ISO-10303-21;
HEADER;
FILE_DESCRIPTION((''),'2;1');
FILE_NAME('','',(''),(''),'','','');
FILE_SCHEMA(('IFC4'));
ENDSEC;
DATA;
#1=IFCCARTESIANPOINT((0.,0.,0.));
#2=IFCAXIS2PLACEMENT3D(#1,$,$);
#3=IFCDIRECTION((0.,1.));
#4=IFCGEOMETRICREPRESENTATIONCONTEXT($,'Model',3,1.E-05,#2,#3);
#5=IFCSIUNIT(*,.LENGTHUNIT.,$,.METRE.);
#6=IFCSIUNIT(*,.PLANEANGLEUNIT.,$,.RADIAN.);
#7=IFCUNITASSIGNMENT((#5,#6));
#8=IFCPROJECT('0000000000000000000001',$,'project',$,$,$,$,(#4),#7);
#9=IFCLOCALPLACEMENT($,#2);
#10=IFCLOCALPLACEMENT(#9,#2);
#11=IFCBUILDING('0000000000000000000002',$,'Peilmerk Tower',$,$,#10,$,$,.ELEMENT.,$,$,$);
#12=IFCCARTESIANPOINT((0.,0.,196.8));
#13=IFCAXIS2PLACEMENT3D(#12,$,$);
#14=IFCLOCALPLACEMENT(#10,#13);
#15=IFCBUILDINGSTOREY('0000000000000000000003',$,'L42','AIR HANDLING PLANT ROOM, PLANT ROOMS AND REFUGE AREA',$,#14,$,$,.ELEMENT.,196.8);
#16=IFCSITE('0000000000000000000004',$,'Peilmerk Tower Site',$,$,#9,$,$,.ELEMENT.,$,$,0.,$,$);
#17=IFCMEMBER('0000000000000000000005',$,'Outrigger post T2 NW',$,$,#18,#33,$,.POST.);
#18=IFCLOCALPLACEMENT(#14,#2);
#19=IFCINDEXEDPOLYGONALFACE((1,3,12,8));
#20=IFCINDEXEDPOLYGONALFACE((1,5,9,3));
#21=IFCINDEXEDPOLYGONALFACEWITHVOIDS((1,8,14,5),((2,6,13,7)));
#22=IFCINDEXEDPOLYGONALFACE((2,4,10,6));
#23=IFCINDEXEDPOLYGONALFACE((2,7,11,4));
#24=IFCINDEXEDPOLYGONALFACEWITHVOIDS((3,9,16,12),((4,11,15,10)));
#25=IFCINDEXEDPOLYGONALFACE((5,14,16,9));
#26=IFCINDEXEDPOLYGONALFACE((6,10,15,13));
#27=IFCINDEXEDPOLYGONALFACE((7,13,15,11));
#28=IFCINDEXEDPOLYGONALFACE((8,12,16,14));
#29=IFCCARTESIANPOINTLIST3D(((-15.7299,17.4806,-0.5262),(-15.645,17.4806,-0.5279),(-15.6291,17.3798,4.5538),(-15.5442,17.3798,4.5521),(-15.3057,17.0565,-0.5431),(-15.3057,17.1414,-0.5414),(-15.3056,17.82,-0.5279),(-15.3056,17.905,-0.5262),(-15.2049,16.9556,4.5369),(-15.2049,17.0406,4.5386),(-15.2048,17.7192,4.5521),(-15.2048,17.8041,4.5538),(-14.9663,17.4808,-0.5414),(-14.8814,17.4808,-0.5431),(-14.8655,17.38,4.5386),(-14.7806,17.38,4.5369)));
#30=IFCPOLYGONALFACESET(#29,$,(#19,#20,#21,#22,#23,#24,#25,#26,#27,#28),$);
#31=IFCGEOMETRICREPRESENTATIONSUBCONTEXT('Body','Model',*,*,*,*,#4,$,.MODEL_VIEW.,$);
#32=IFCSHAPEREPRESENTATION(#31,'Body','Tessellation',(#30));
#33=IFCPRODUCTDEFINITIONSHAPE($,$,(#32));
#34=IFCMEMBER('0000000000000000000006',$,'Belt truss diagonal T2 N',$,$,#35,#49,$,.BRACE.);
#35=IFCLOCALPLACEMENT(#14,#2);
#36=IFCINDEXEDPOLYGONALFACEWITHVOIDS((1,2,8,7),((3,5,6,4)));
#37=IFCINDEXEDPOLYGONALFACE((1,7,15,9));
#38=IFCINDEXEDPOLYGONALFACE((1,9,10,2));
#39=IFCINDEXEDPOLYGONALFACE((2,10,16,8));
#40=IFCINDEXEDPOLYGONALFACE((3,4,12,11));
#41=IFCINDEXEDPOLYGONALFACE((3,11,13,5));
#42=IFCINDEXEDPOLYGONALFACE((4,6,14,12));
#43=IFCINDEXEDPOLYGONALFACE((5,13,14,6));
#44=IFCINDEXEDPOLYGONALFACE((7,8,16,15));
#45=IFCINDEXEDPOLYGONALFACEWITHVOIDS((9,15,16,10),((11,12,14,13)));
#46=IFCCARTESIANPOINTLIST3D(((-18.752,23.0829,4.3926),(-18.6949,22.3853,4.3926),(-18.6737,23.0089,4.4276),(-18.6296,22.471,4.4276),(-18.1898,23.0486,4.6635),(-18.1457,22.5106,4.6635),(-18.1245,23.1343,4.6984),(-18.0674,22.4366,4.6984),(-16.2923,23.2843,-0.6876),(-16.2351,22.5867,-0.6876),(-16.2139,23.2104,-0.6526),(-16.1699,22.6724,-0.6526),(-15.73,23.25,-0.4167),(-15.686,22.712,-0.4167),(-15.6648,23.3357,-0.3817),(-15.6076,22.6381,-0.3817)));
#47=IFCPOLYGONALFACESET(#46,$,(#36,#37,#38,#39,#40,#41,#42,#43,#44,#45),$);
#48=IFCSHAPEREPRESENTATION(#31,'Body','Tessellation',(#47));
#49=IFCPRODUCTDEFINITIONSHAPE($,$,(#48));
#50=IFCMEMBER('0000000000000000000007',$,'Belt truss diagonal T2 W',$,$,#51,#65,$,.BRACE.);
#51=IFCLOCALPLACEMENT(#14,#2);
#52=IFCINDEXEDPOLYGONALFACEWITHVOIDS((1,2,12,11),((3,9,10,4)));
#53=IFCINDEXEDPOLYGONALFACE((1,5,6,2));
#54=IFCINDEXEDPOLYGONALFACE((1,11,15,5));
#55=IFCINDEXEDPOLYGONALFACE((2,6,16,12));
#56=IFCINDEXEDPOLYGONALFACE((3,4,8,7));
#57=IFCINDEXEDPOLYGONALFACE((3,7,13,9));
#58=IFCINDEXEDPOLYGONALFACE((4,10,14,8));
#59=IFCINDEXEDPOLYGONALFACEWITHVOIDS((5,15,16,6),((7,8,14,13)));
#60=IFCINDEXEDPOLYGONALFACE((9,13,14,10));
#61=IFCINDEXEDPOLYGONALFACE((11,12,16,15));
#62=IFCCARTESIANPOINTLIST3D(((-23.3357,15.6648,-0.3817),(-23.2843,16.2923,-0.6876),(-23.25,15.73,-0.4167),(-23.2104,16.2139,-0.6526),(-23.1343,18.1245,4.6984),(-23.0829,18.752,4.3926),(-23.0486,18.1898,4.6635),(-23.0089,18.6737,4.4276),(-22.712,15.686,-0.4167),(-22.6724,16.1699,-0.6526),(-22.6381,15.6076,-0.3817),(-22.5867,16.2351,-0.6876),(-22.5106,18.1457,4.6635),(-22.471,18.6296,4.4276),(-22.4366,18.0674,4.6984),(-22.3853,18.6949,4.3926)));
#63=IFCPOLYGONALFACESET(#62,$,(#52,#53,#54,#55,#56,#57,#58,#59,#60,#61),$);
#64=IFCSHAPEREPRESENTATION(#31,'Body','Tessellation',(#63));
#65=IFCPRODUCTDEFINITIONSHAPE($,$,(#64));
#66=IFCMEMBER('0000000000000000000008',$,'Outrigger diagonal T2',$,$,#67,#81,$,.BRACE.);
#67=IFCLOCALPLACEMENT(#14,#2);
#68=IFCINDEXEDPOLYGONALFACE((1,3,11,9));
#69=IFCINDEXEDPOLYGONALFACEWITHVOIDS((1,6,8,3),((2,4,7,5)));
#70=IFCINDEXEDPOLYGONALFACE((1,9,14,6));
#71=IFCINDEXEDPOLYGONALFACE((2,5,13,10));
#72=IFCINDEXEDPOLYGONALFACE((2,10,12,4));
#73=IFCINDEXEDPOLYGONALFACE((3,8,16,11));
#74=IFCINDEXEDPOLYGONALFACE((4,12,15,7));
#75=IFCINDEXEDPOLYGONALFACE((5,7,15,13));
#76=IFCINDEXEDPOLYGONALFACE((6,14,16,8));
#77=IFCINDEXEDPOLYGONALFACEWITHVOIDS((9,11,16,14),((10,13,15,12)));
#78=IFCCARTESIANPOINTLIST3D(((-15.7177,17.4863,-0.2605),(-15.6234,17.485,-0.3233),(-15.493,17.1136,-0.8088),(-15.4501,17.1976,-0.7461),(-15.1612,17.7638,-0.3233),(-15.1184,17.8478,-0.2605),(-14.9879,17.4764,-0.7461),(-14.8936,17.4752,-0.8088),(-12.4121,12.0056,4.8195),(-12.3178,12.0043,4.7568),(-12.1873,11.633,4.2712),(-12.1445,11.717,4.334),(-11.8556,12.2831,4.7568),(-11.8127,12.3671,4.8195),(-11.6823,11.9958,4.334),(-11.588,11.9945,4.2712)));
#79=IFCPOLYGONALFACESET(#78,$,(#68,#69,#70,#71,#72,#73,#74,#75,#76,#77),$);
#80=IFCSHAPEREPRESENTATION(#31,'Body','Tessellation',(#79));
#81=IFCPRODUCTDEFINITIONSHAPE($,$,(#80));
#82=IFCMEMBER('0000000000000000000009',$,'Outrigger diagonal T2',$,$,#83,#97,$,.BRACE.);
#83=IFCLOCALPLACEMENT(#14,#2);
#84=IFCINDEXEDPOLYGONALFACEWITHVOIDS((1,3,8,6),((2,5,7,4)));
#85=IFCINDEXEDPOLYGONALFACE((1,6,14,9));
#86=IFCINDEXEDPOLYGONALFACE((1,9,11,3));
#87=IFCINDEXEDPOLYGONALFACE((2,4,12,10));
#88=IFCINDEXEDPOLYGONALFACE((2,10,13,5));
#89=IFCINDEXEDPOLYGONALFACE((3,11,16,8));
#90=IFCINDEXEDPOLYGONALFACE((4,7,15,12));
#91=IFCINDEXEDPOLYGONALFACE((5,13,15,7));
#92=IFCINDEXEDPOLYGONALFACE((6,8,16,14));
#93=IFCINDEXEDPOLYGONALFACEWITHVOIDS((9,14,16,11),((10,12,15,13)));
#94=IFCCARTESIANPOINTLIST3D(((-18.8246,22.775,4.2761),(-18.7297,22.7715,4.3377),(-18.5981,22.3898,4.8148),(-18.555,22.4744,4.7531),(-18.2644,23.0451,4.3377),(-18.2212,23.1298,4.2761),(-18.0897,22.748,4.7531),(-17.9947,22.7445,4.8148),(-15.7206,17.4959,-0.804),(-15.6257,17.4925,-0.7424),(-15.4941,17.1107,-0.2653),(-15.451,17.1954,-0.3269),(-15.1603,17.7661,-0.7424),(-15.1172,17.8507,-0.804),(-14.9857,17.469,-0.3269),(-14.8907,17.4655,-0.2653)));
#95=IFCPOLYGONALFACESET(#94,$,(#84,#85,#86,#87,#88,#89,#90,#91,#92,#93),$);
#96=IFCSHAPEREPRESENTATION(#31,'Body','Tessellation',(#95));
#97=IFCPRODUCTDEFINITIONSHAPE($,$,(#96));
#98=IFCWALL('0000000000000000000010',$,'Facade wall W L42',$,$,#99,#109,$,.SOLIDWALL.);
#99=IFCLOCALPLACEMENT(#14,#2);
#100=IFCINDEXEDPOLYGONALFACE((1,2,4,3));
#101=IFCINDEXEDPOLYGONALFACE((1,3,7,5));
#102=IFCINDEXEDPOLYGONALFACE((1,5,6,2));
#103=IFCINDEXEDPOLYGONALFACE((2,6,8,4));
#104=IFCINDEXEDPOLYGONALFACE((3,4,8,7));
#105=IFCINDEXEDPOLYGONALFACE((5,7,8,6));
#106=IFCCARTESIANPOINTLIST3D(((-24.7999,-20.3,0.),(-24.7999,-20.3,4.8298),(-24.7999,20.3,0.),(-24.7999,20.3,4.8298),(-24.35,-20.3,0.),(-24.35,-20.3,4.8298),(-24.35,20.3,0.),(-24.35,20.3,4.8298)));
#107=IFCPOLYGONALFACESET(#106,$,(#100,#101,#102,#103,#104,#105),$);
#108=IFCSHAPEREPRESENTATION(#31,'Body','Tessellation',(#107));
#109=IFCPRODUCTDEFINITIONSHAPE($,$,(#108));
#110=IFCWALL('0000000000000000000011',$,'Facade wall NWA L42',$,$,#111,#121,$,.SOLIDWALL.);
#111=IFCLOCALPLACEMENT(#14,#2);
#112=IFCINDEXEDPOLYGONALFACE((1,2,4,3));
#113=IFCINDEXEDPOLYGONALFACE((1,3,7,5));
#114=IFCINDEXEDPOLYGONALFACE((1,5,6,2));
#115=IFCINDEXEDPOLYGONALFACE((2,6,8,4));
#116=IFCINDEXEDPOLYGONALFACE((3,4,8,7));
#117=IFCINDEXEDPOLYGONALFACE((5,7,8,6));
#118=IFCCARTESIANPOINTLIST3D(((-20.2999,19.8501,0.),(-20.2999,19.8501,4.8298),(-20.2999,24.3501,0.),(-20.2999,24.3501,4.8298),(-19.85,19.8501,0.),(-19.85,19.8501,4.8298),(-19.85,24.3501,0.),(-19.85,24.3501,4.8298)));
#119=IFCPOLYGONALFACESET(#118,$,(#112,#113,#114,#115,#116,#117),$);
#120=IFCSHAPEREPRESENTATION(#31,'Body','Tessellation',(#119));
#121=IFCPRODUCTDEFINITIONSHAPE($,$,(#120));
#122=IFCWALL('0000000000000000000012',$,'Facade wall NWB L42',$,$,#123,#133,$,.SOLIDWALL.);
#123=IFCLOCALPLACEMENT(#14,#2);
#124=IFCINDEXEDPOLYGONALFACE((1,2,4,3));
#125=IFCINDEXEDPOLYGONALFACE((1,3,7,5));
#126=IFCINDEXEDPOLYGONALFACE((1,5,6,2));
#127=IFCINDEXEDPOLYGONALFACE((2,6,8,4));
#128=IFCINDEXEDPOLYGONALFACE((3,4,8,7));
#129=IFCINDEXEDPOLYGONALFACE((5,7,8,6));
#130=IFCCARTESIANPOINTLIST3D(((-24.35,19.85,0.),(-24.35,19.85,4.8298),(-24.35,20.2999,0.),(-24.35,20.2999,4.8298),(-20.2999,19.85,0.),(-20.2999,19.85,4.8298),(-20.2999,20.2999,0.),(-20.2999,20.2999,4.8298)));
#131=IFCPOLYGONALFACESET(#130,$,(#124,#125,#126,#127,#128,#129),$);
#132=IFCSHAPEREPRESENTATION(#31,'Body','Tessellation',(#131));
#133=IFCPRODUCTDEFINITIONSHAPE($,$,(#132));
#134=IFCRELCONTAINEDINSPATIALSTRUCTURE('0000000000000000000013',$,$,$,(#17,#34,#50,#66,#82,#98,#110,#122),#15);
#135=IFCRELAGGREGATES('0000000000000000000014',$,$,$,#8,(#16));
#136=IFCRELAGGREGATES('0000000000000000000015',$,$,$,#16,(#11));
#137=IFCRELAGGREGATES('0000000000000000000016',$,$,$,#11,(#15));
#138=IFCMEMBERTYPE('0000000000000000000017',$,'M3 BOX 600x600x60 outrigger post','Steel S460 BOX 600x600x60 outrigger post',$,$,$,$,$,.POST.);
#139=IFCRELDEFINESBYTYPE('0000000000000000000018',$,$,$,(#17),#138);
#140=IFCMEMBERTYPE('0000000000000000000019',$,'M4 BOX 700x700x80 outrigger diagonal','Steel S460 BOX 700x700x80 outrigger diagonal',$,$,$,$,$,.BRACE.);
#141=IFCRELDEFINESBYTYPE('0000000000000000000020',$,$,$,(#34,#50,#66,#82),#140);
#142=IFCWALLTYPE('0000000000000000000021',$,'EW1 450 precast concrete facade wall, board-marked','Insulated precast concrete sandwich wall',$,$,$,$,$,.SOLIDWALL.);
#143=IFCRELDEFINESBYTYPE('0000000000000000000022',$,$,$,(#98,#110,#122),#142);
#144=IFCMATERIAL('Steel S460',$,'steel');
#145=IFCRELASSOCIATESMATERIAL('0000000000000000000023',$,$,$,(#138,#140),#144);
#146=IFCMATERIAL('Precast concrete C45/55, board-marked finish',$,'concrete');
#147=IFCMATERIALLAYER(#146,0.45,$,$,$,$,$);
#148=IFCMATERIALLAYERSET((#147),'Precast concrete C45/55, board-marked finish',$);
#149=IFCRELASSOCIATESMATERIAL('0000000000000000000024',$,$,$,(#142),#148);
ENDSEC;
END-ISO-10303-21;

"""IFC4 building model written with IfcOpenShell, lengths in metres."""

from ifc_helpers import new_model, si_unit, direction, frame, frame_2d, origin, origin_2d, place, context, subcontext, project, spatial, rectangle, hollow_rectangle, extrude, material, layer, layer_set, material_profile, profile_set, type_object, element, save


model = new_model("IFC4")

# Units and contexts
model_context = context("Model", 3, precision=1e-05, world=origin(), true_north=direction((0.0, 1.0)))
body_context = subcontext(model_context, "Body", "Model", "MODEL_VIEW")
ifc_project = project(units=[si_unit("LENGTHUNIT", "METRE"), si_unit("PLANEANGLEUNIT", "RADIAN")], contexts=[model_context])

# Site, building, storey
site_placement = place(None, origin())
site = spatial("IfcSite", under=ifc_project, at=site_placement, Name="Peilmerk Tower Site", CompositionType="ELEMENT", RefElevation=0.0)
building_placement = place(site_placement, origin())
building = spatial("IfcBuilding", under=site, at=building_placement, Name="Peilmerk Tower", CompositionType="ELEMENT")
storey_placement = place(building_placement, frame((0.0, 0.0, 196.8)))
storey = spatial("IfcBuildingStorey", under=building, at=storey_placement, Name="L42", Description="AIR HANDLING PLANT ROOM, PLANT ROOMS AND REFUGE AREA", CompositionType="ELEMENT", Elevation=196.8)

# Shared definitions
ifc_material_1 = material(Name="Steel S460", Category="steel")

# Members
ifc_material_profile_1 = material_profile(ifc_material_1, hollow_rectangle(XDim=0.6001, YDim=0.6001, WallThickness=0.0601, at=origin_2d()), Name="BOX 600x600x60")
ifc_profile_set_1 = profile_set([ifc_material_profile_1], Name="Steel S460")
member_type_1 = type_object("IfcMemberType", Name="M3 BOX 600x600x60 outrigger post", Description="Steel S460 BOX 600x600x60 outrigger post", PredefinedType="POST", material=ifc_profile_set_1)
member_1_placement = place(storey_placement, frame((-15.3057, 17.4807, -0.5347), z_axis=(0.01984, -0.01984, 0.999606), x_axis=(0.707107, 0.707107, 0.0)))
element("IfcMember", 1, at=member_1_placement, inside=storey, type_object=member_type_1, Name="Outrigger post T2 NW", PredefinedType="POST", context=body_context, shape_type="SweptSolid", body=[
    extrude(hollow_rectangle(XDim=0.6001, YDim=0.6001, WallThickness=0.0601, at=origin_2d()), origin(), (0.0, 0.0, 1.0), 5.082),
])
ifc_material_profile_2 = material_profile(ifc_material_1, hollow_rectangle(XDim=0.7, YDim=0.7, WallThickness=0.0801, at=origin_2d()), Name="BOX 700x700x80")
ifc_profile_set_2 = profile_set([ifc_material_profile_2], Name="Steel S460")
member_type_2 = type_object("IfcMemberType", Name="M4 BOX 700x700x80 outrigger diagonal", Description="Steel S460 BOX 700x700x80 outrigger diagonal", PredefinedType="BRACE", material=ifc_profile_set_2)
for number, where, z_axis, x_axis, name in (
    (2, (-15.95, 22.9612, -0.5347), (-0.435515, -0.035663, 0.899475), (0.081613, -0.996664, 0.0), "Belt truss diagonal T2 N"),
    (3, (-22.9612, 15.95, -0.5347), (0.035663, 0.435515, 0.899475), (-0.996664, 0.081613, 0.0), "Belt truss diagonal T2 W"),
):
    element("IfcMember", number, at=place(storey_placement, frame(where, z_axis=z_axis, x_axis=x_axis)), inside=storey, type_object=member_type_2, Name=name, PredefinedType="BRACE", context=body_context, shape_type="SweptSolid", body=[
        extrude(hollow_rectangle(XDim=0.7, YDim=0.7, WallThickness=0.0801, at=origin_2d()), origin(), (0.0, 0.0, 1.0), 5.6479),
    ])
member_2_placement = place(storey_placement, frame((-15.3057, 17.4807, -0.5347), z_axis=(0.404538, -0.670714, 0.621685), x_axis=(0.856303, 0.516475, 0.0)))
element("IfcMember", 4, at=member_2_placement, inside=storey, type_object=member_type_2, Name="Outrigger diagonal T2", PredefinedType="BRACE", context=body_context, shape_type="SweptSolid", body=[
    extrude(hollow_rectangle(XDim=0.7, YDim=0.7, WallThickness=0.0801, at=origin_2d()), origin(), (0.0, 0.0, 1.0), 8.1714),
])
member_3_placement = place(storey_placement, frame((-15.3057, 17.4807, -0.5347), z_axis=(-0.390108, 0.663466, 0.638459), x_axis=(-0.862028, -0.50686, 0.0)))
element("IfcMember", 5, at=member_3_placement, inside=storey, type_object=member_type_2, Name="Outrigger diagonal T2", PredefinedType="BRACE", context=body_context, shape_type="SweptSolid", body=[
    extrude(hollow_rectangle(XDim=0.7, YDim=0.7, WallThickness=0.0801, at=origin_2d()), origin(), (0.0, 0.0, 1.0), 7.9568),
])

# Walls
ifc_material_2 = material(Name="Precast concrete C45/55, board-marked finish", Category="concrete")
ifc_layer = layer(ifc_material_2, 0.45)
ifc_layer_set = layer_set([ifc_layer], Name="Precast concrete C45/55, board-marked finish")
wall_type = type_object("IfcWallType", Name="EW1 450 precast concrete facade wall, board-marked", Description="Insulated precast concrete sandwich wall", PredefinedType="SOLIDWALL", material=ifc_layer_set)
wall_1_placement = place(storey_placement, frame((-24.575, 20.3, 0.0), z_axis=(0.0, 0.0, 1.0), x_axis=(0.0, -1.0, 0.0)))
element("IfcWall", 6, at=wall_1_placement, inside=storey, type_object=wall_type, Name="Facade wall W L42", PredefinedType="SOLIDWALL", context=body_context, shape_type="SweptSolid", body=[
    extrude(rectangle(XDim=40.6001, YDim=0.45, at=frame_2d((20.3, 0.0))), origin(), (0.0, 0.0, 1.0), 4.8298),
])
wall_2_placement = place(storey_placement, frame((-20.075, 19.8501, 0.0), z_axis=(0.0, 0.0, 1.0), x_axis=(0.0, 1.0, 0.0)))
element("IfcWall", 7, at=wall_2_placement, inside=storey, type_object=wall_type, Name="Facade wall NWA L42", PredefinedType="SOLIDWALL", context=body_context, shape_type="SweptSolid", body=[
    extrude(rectangle(XDim=4.5, YDim=0.45, at=frame_2d((2.25, 0.0))), origin(), (0.0, 0.0, 1.0), 4.8298),
])
wall_3_placement = place(storey_placement, frame((-20.3, 20.075, 0.0), z_axis=(0.0, 0.0, 1.0), x_axis=(-1.0, 0.0, 0.0)))
element("IfcWall", 8, at=wall_3_placement, inside=storey, type_object=wall_type, Name="Facade wall NWB L42", PredefinedType="SOLIDWALL", context=body_context, shape_type="SweptSolid", body=[
    extrude(rectangle(XDim=4.05, YDim=0.45, at=frame_2d((2.0249, 0.0))), origin(), (0.0, 0.0, 1.0), 4.8298),
])

save(model, "model.ifc")
